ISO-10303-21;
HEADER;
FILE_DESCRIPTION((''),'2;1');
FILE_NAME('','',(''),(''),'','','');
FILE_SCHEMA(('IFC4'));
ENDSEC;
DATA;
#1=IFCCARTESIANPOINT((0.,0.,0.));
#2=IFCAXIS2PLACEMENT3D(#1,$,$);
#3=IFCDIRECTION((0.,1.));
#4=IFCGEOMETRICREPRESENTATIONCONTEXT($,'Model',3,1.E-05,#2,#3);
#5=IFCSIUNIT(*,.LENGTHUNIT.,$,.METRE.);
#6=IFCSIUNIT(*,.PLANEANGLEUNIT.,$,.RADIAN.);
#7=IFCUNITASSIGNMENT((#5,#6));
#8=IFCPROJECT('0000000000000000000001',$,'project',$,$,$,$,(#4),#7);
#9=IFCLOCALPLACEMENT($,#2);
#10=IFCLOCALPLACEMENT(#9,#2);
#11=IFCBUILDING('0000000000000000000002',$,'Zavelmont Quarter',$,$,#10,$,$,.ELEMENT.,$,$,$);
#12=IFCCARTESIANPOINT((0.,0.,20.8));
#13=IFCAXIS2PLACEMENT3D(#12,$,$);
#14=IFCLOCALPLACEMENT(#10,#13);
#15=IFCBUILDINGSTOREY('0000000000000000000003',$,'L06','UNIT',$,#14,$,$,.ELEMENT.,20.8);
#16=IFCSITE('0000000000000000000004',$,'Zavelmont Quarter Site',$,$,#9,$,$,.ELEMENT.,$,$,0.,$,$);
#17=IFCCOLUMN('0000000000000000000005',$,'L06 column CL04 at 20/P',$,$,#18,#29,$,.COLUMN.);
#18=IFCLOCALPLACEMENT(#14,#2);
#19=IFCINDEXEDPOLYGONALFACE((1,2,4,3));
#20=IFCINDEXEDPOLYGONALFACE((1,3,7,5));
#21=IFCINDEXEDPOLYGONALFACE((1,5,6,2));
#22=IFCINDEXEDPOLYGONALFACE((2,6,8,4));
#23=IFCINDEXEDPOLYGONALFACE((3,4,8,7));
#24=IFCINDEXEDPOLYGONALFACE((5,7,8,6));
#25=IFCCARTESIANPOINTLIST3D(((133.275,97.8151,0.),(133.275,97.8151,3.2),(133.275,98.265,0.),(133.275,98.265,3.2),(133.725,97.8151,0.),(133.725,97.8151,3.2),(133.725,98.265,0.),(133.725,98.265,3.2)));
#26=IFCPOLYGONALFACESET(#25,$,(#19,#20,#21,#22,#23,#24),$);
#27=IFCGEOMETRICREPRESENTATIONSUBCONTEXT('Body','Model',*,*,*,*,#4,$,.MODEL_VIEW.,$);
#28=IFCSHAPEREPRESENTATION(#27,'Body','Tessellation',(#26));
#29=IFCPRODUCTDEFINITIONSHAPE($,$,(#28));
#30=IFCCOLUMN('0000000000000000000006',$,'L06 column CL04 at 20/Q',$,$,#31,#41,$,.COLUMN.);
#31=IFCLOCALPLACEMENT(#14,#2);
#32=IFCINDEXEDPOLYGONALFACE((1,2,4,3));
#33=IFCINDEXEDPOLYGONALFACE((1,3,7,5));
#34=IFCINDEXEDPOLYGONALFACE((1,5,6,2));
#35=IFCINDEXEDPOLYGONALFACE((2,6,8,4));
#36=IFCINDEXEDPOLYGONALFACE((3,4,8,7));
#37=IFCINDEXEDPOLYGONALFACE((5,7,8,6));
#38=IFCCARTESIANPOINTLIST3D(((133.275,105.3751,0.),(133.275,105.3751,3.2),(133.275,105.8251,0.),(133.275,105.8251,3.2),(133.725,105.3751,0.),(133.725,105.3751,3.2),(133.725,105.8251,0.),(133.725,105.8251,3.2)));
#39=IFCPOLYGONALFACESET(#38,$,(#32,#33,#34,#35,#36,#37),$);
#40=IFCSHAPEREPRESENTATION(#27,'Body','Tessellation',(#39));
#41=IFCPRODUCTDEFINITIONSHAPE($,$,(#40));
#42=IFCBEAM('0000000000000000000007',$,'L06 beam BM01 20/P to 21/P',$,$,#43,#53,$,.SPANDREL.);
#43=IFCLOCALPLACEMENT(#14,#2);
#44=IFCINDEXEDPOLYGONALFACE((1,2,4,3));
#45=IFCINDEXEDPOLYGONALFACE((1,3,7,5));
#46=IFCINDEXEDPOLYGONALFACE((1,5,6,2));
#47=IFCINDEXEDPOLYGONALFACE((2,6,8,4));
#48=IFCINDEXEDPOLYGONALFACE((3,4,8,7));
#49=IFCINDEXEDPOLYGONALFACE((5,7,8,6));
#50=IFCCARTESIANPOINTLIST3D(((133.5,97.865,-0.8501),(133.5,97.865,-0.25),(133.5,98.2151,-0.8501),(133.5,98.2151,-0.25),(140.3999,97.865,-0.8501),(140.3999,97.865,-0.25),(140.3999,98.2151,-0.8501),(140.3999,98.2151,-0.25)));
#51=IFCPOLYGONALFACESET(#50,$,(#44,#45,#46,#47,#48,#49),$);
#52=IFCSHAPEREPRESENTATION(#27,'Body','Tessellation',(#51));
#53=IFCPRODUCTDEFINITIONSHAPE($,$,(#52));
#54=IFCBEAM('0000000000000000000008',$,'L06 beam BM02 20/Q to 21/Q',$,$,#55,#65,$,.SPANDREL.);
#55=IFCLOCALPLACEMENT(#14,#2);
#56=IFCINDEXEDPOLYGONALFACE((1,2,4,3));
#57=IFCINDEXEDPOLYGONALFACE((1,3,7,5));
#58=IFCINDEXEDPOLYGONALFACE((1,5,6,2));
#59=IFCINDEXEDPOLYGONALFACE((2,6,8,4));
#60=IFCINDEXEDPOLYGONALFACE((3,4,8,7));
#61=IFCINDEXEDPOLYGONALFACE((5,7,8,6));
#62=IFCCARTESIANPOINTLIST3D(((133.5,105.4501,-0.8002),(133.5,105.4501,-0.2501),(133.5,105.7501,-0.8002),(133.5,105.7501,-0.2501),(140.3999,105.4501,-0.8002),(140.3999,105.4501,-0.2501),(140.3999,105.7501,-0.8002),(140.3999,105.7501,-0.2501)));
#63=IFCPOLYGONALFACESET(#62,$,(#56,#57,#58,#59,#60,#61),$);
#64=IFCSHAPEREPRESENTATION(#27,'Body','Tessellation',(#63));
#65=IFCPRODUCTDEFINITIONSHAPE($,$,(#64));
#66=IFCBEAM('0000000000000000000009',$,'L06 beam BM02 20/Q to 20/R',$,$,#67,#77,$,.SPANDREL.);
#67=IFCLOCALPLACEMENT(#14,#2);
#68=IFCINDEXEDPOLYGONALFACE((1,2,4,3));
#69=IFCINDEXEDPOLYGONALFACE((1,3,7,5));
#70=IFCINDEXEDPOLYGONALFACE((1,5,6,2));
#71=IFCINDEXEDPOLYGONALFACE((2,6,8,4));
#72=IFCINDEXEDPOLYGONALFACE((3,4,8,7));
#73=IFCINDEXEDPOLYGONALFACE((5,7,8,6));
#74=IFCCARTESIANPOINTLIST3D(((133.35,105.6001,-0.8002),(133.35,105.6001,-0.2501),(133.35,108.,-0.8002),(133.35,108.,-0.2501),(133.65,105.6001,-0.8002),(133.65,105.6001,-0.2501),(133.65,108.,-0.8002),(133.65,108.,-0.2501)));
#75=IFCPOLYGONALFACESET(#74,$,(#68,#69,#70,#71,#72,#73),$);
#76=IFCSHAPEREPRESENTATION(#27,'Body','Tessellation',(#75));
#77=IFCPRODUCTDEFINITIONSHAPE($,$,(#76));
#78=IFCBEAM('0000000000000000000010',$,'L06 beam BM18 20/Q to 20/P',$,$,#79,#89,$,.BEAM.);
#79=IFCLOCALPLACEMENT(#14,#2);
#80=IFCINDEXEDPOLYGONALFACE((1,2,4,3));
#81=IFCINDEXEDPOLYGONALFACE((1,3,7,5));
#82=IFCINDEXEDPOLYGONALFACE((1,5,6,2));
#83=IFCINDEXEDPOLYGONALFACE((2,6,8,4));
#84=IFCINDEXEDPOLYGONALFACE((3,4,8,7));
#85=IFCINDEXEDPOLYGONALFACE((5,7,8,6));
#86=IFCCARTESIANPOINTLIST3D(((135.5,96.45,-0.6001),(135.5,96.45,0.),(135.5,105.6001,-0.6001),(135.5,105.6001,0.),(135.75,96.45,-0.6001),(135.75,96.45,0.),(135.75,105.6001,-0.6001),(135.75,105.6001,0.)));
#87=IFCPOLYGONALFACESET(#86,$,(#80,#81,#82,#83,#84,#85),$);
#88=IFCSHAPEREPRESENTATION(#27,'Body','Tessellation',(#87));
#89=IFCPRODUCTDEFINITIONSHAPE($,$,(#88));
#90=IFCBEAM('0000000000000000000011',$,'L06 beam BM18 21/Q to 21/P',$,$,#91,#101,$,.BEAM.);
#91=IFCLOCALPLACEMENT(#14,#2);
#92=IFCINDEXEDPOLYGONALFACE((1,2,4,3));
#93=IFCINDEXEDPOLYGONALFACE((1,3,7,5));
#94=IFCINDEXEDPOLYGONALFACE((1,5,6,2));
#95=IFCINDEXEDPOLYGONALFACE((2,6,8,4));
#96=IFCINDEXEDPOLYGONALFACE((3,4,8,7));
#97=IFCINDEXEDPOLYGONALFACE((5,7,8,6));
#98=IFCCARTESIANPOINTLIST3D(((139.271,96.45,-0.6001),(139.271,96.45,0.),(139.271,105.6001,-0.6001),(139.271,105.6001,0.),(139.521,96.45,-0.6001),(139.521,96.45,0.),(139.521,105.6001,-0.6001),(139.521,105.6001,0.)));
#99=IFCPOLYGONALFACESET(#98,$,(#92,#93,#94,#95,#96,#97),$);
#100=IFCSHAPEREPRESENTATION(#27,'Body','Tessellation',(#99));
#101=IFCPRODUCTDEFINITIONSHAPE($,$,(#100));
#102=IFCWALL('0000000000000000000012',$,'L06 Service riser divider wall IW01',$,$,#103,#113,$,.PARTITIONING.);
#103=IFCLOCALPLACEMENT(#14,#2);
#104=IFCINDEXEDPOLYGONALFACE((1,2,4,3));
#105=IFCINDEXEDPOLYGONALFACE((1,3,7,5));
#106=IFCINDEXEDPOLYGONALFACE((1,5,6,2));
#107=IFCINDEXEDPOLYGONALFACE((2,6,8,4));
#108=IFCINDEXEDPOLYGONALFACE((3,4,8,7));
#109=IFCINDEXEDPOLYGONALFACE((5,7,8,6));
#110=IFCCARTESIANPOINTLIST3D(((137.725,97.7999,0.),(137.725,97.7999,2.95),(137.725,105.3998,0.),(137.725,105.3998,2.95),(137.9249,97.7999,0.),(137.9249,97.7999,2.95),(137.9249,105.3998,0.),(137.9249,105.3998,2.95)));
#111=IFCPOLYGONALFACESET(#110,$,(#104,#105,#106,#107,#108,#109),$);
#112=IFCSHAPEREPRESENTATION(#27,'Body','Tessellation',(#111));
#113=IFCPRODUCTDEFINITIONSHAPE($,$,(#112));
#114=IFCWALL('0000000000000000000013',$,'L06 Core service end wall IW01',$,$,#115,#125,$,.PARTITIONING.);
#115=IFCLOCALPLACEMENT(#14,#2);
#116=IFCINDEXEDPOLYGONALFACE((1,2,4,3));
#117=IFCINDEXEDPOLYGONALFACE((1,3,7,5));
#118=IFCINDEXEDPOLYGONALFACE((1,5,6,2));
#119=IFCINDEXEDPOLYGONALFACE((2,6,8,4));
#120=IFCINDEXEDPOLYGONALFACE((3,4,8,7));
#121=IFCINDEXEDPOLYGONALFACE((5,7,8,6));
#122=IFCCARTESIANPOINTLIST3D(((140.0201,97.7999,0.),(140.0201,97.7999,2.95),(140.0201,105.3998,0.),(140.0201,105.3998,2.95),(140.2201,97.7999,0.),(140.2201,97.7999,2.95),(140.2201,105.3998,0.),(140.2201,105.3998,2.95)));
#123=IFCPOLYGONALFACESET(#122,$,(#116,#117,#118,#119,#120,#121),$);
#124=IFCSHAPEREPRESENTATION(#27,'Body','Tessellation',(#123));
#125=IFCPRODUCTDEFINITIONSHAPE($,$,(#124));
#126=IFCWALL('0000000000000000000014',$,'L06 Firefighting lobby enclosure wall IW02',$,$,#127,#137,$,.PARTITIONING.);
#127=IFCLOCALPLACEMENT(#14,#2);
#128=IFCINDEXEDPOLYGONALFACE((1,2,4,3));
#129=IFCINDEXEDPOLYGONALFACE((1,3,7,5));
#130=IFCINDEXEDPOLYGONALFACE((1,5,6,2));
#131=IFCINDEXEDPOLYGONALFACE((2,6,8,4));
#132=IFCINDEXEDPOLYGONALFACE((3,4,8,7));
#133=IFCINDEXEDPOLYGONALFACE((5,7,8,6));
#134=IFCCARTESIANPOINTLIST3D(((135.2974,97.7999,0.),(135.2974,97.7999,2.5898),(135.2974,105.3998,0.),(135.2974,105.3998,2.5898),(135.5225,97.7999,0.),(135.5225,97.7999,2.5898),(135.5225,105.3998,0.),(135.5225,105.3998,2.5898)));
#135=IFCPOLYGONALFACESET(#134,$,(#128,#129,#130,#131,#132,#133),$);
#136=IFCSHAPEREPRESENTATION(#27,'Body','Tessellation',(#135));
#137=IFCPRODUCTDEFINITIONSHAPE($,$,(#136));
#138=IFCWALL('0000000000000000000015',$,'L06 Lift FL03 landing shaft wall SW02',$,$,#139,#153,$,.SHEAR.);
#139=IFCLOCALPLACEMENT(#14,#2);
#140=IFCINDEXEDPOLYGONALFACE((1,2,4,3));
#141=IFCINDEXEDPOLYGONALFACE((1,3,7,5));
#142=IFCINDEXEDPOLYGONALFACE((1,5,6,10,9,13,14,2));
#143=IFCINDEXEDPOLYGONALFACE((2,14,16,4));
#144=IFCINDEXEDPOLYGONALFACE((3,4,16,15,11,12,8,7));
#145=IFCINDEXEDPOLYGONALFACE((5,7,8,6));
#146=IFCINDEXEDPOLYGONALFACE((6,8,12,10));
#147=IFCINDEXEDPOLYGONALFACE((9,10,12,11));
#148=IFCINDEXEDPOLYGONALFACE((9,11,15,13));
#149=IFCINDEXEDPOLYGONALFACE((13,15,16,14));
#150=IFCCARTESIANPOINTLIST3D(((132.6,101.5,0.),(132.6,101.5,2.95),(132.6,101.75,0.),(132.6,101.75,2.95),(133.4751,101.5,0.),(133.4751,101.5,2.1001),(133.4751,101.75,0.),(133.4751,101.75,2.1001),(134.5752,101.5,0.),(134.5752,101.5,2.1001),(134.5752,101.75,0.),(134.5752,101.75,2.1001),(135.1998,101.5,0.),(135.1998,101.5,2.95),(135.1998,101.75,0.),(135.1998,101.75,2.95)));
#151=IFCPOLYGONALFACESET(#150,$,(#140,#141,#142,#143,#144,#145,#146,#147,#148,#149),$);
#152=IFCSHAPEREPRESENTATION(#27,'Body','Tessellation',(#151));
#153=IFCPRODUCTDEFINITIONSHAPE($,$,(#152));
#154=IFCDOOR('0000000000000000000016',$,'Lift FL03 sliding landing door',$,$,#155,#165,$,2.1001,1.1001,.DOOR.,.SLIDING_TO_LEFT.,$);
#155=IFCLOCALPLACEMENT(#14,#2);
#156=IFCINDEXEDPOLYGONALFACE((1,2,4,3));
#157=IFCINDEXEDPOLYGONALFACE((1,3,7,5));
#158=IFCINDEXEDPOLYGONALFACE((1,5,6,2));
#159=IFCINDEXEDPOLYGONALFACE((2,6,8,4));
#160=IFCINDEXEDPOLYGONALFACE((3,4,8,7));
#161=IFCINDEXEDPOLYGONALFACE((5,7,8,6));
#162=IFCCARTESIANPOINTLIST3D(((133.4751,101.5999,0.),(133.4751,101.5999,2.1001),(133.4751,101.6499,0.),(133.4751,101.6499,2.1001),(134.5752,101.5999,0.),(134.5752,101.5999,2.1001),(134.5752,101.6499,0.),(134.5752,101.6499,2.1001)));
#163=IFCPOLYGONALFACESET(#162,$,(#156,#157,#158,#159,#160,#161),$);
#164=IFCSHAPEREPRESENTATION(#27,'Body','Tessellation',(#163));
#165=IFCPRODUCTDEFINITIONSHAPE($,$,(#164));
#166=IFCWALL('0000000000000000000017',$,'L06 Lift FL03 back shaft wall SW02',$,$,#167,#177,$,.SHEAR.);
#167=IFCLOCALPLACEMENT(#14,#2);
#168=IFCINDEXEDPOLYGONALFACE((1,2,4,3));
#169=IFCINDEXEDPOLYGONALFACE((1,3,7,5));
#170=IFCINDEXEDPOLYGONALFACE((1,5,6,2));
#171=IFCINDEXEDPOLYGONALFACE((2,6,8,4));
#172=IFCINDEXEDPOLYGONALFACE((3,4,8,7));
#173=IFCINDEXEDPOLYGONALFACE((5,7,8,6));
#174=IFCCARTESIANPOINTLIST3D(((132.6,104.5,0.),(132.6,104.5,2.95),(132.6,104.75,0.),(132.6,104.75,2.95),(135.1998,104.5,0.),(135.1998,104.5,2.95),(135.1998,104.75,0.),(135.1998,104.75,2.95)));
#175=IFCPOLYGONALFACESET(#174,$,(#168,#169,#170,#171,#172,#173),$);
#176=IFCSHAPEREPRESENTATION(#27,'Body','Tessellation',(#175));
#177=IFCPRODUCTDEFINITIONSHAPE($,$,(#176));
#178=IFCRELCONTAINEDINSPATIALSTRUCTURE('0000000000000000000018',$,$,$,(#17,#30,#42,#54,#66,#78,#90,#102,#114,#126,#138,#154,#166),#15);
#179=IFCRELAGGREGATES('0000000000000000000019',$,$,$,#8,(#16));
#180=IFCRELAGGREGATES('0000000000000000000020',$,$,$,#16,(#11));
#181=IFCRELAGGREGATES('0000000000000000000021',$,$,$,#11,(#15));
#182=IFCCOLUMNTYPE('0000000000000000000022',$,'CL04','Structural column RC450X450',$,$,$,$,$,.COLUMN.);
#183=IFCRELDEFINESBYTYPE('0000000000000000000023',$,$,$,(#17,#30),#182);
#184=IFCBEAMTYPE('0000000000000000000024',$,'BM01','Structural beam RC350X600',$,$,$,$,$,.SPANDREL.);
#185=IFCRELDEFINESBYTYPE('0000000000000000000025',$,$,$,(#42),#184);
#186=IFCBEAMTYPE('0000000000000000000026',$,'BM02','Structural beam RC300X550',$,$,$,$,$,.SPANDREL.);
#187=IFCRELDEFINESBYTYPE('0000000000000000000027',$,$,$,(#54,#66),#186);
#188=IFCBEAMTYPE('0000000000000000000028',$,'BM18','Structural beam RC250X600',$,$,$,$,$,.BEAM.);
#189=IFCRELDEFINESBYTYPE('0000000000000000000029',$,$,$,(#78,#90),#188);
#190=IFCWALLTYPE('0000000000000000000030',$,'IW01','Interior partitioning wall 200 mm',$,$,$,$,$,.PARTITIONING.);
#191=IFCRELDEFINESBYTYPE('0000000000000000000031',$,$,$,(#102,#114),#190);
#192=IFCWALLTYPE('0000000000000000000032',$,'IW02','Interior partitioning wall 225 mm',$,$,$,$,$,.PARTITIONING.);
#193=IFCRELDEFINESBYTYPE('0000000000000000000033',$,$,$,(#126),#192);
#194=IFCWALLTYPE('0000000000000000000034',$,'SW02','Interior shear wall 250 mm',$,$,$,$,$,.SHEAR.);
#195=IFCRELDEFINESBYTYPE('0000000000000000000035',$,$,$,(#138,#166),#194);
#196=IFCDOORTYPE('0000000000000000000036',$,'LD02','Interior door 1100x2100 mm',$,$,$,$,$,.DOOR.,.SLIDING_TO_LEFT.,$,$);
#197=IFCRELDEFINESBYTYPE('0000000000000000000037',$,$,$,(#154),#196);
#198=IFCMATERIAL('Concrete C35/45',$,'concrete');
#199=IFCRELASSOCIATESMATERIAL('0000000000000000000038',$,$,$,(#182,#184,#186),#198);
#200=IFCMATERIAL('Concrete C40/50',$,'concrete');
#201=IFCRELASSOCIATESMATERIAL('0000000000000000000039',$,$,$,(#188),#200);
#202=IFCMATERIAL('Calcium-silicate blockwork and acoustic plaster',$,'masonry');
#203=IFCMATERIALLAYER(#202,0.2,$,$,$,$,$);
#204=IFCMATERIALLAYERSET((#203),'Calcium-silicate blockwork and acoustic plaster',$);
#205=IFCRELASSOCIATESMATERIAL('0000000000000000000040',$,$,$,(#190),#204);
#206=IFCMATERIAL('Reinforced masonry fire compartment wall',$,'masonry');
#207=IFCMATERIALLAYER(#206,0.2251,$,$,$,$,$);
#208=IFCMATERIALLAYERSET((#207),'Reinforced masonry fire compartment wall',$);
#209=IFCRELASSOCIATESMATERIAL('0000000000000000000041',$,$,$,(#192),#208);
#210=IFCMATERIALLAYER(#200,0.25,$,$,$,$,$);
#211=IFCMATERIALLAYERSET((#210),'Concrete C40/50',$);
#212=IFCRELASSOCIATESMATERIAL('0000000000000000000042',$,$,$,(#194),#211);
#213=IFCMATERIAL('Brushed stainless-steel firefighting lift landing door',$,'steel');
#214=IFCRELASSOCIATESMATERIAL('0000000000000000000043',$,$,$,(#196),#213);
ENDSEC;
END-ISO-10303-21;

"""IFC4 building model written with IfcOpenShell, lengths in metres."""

from ifc_helpers import new_model, si_unit, direction, frame, frame_2d, origin, origin_with_axes, origin_2d, place, context, subcontext, project, spatial, rectangle, extrude, material, layer, layer_set, material_profile, profile_set, type_object, element, fill, save


model = new_model("IFC4")

# Units and contexts
model_context = context("Model", 3, precision=1e-05, world=origin(), true_north=direction((0.0, 1.0)))
body_context = subcontext(model_context, "Body", "Model", "MODEL_VIEW")
ifc_project = project(units=[si_unit("LENGTHUNIT", "METRE"), si_unit("PLANEANGLEUNIT", "RADIAN")], contexts=[model_context])

# Site, building, storey
site_placement = place(None, origin())
site = spatial("IfcSite", under=ifc_project, at=site_placement, Name="Zavelmont Quarter Site", CompositionType="ELEMENT", RefElevation=0.0)
building_placement = place(site_placement, origin())
building = spatial("IfcBuilding", under=site, at=building_placement, Name="Zavelmont Quarter", CompositionType="ELEMENT")
storey_placement = place(building_placement, frame((0.0, 0.0, 20.8)))
storey = spatial("IfcBuildingStorey", under=building, at=storey_placement, Name="L06", Description="UNIT", CompositionType="ELEMENT", Elevation=20.8)

# Columns
ifc_material_1 = material(Name="Concrete C35/45", Category="concrete")
ifc_material_profile_1 = material_profile(ifc_material_1, rectangle(XDim=0.45, YDim=0.45, at=origin_2d()), Name="RC450X450")
ifc_profile_set_1 = profile_set([ifc_material_profile_1], Name="Concrete C35/45")
column_type = type_object("IfcColumnType", Name="CL04", Description="Structural column RC450X450", PredefinedType="COLUMN", material=ifc_profile_set_1)
for number, where, z_axis, x_axis, name in (
    (1, (133.5, 98.04, 0.0), (0.0, 0.0, 1.0), (1.0, 0.0, 0.0), "L06 column CL04 at 20/P"),
    (2, (133.5, 105.6001, 0.0), (0.0, 0.0, 1.0), (1.0, 0.0, 0.0), "L06 column CL04 at 20/Q"),
):
    element("IfcColumn", number, at=place(storey_placement, frame(where, z_axis=z_axis, x_axis=x_axis)), inside=storey, type_object=column_type, Name=name, PredefinedType="COLUMN", context=body_context, shape_type="SweptSolid", body=[
        extrude(rectangle(XDim=0.45, YDim=0.45, at=origin_2d()), origin(), (0.0, 0.0, 1.0), 3.2),
    ])

# Beams
ifc_material_profile_2 = material_profile(ifc_material_1, rectangle(XDim=0.3501, YDim=0.6001, at=origin_2d()), Name="RC350X600")
ifc_profile_set_2 = profile_set([ifc_material_profile_2], Name="Concrete C35/45")
beam_type_1 = type_object("IfcBeamType", Name="BM01", Description="Structural beam RC350X600", PredefinedType="SPANDREL", material=ifc_profile_set_2)
beam_1_placement = place(storey_placement, frame((133.5, 98.04, -0.55), z_axis=(1.0, 0.0, 0.0), x_axis=(0.0, 1.0, 0.0)))
element("IfcBeam", 3, at=beam_1_placement, inside=storey, type_object=beam_type_1, Name="L06 beam BM01 20/P to 21/P", PredefinedType="SPANDREL", context=body_context, shape_type="SweptSolid", body=[
    extrude(rectangle(XDim=0.3501, YDim=0.6001, at=origin_2d()), origin(), (0.0, 0.0, 1.0), 6.8999),
])
ifc_material_profile_3 = material_profile(ifc_material_1, rectangle(XDim=0.3, YDim=0.55, at=origin_2d()), Name="RC300X550")
ifc_profile_set_3 = profile_set([ifc_material_profile_3], Name="Concrete C35/45")
beam_type_2 = type_object("IfcBeamType", Name="BM02", Description="Structural beam RC300X550", PredefinedType="SPANDREL", material=ifc_profile_set_3)
beam_2_placement = place(storey_placement, frame((133.5, 105.6001, -0.5251), z_axis=(1.0, 0.0, 0.0), x_axis=(0.0, 1.0, 0.0)))
element("IfcBeam", 4, at=beam_2_placement, inside=storey, type_object=beam_type_2, Name="L06 beam BM02 20/Q to 21/Q", PredefinedType="SPANDREL", context=body_context, shape_type="SweptSolid", body=[
    extrude(rectangle(XDim=0.3, YDim=0.55, at=origin_2d()), origin(), (0.0, 0.0, 1.0), 6.8999),
])
beam_3_placement = place(storey_placement, frame((133.5, 105.6001, -0.5251), z_axis=(0.0, 1.0, 0.0), x_axis=(-1.0, 0.0, 0.0)))
element("IfcBeam", 5, at=beam_3_placement, inside=storey, type_object=beam_type_2, Name="L06 beam BM02 20/Q to 20/R", PredefinedType="SPANDREL", context=body_context, shape_type="SweptSolid", body=[
    extrude(rectangle(XDim=0.3, YDim=0.55, at=origin_2d()), origin(), (0.0, 0.0, 1.0), 2.3999),
])
ifc_material_2 = material(Name="Concrete C40/50", Category="concrete")
ifc_material_profile_4 = material_profile(ifc_material_2, rectangle(XDim=0.25, YDim=0.6001, at=origin_2d()), Name="RC250X600")
ifc_profile_set_4 = profile_set([ifc_material_profile_4], Name="Concrete C40/50")
beam_type_3 = type_object("IfcBeamType", Name="BM18", Description="Structural beam RC250X600", PredefinedType="BEAM", material=ifc_profile_set_4)
for number, where, z_axis, x_axis, name in (
    (6, (135.625, 105.6001, -0.3), (0.0, -1.0, 0.0), (1.0, 0.0, 0.0), "L06 beam BM18 20/Q to 20/P"),
    (7, (139.396, 105.6001, -0.3), (0.0, -1.0, 0.0), (1.0, 0.0, 0.0), "L06 beam BM18 21/Q to 21/P"),
):
    element("IfcBeam", number, at=place(storey_placement, frame(where, z_axis=z_axis, x_axis=x_axis)), inside=storey, type_object=beam_type_3, Name=name, PredefinedType="BEAM", context=body_context, shape_type="SweptSolid", body=[
        extrude(rectangle(XDim=0.25, YDim=0.6001, at=origin_2d()), origin(), (0.0, 0.0, 1.0), 9.1501),
    ])

# Walls
ifc_material_3 = material(Name="Calcium-silicate blockwork and acoustic plaster", Category="masonry")
ifc_layer_1 = layer(ifc_material_3, 0.2)
ifc_layer_set_1 = layer_set([ifc_layer_1], Name="Calcium-silicate blockwork and acoustic plaster")
wall_type_1 = type_object("IfcWallType", Name="IW01", Description="Interior partitioning wall 200 mm", PredefinedType="PARTITIONING", material=ifc_layer_set_1)
for number, where, z_axis, x_axis, name in (
    (8, (137.825, 97.8, 0.0), (0.0, 0.0, 1.0), (0.0, 1.0, 0.0), "L06 Service riser divider wall IW01"),
    (9, (140.1201, 97.8, 0.0), (0.0, 0.0, 1.0), (0.0, 1.0, 0.0), "L06 Core service end wall IW01"),
):
    element("IfcWall", number, at=place(storey_placement, frame(where, z_axis=z_axis, x_axis=x_axis)), inside=storey, type_object=wall_type_1, Name=name, PredefinedType="PARTITIONING", context=body_context, shape_type="SweptSolid", body=[
        extrude(rectangle(XDim=7.5999, YDim=0.2, at=frame_2d((3.7998, 0.0))), origin(), (0.0, 0.0, 1.0), 2.95),
    ])
ifc_material_4 = material(Name="Reinforced masonry fire compartment wall", Category="masonry")
ifc_layer_2 = layer(ifc_material_4, 0.2251)
ifc_layer_set_2 = layer_set([ifc_layer_2], Name="Reinforced masonry fire compartment wall")
wall_type_2 = type_object("IfcWallType", Name="IW02", Description="Interior partitioning wall 225 mm", PredefinedType="PARTITIONING", material=ifc_layer_set_2)
wall_1_placement = place(storey_placement, frame((135.4099, 97.8, 0.0), z_axis=(0.0, 0.0, 1.0), x_axis=(0.0, 1.0, 0.0)))
element("IfcWall", 10, at=wall_1_placement, inside=storey, type_object=wall_type_2, Name="L06 Firefighting lobby enclosure wall IW02", PredefinedType="PARTITIONING", context=body_context, shape_type="SweptSolid", body=[
    extrude(rectangle(XDim=7.5999, YDim=0.2251, at=frame_2d((3.7998, 0.0))), origin(), (0.0, 0.0, 1.0), 2.5898),
])

# Wall, opening, door
ifc_layer_3 = layer(ifc_material_2, 0.25)
ifc_layer_set_3 = layer_set([ifc_layer_3], Name="Concrete C40/50")
wall_type_3 = type_object("IfcWallType", Name="SW02", Description="Interior shear wall 250 mm", PredefinedType="SHEAR", material=ifc_layer_set_3)
wall_2_placement = place(storey_placement, frame((132.6001, 101.625, 0.0), z_axis=(0.0, 0.0, 1.0), x_axis=(1.0, 0.0, 0.0)))
wall_2 = element("IfcWall", 11, at=wall_2_placement, inside=storey, type_object=wall_type_3, Name="L06 Lift FL03 landing shaft wall SW02", PredefinedType="SHEAR", context=body_context, shape_type="SweptSolid", body=[
    extrude(rectangle(XDim=2.5999, YDim=0.25, at=frame_2d((1.2998, 0.0))), origin(), (0.0, 0.0, 1.0), 2.95),
])
opening_1_placement = place(wall_2_placement, frame((0.875, 0.0, 0.0)))
opening_1 = element("IfcOpeningElement", 12, at=opening_1_placement, cuts=wall_2, PredefinedType="OPENING", context=body_context, shape_type="SweptSolid", body=[
    extrude(rectangle(XDim=1.1001, YDim=2.1001, at=frame_2d((0.55, 1.05))), frame((0.0, 0.137, 0.0), z_axis=(0.0, -1.0, 0.0), x_axis=(1.0, 0.0, 0.0)), (0.0, 0.0, 1.0), 0.2739),
])
ifc_material_5 = material(Name="Brushed stainless-steel firefighting lift landing door", Category="steel")
door_type_1 = type_object("IfcDoorType", Name="LD02", Description="Interior door 1100x2100 mm", OperationType="SLIDING_TO_LEFT", PredefinedType="DOOR", material=ifc_material_5)
door_1_placement = place(opening_1_placement, origin_with_axes())
door_1 = element("IfcDoor", 13, at=door_1_placement, inside=storey, type_object=door_type_1, Name="Lift FL03 sliding landing door", OperationType="SLIDING_TO_LEFT", OverallHeight=2.1001, OverallWidth=1.1001, PredefinedType="DOOR", context=body_context, shape_type="SweptSolid", body=[
    extrude(rectangle(XDim=1.1001, YDim=2.1001, at=frame_2d((0.55, 1.05))), frame((0.0, 0.0249, 0.0), z_axis=(0.0, -1.0, 0.0), x_axis=(1.0, 0.0, 0.0)), (0.0, 0.0, 1.0), 0.05),
])
fill(opening_1, door_1)

# Wall
wall_3_placement = place(storey_placement, frame((132.6001, 104.625, 0.0), z_axis=(0.0, 0.0, 1.0), x_axis=(1.0, 0.0, 0.0)))
element("IfcWall", 14, at=wall_3_placement, inside=storey, type_object=wall_type_3, Name="L06 Lift FL03 back shaft wall SW02", PredefinedType="SHEAR", context=body_context, shape_type="SweptSolid", body=[
    extrude(rectangle(XDim=2.5999, YDim=0.25, at=frame_2d((1.2998, 0.0))), origin(), (0.0, 0.0, 1.0), 2.95),
])

save(model, "model.ifc")
